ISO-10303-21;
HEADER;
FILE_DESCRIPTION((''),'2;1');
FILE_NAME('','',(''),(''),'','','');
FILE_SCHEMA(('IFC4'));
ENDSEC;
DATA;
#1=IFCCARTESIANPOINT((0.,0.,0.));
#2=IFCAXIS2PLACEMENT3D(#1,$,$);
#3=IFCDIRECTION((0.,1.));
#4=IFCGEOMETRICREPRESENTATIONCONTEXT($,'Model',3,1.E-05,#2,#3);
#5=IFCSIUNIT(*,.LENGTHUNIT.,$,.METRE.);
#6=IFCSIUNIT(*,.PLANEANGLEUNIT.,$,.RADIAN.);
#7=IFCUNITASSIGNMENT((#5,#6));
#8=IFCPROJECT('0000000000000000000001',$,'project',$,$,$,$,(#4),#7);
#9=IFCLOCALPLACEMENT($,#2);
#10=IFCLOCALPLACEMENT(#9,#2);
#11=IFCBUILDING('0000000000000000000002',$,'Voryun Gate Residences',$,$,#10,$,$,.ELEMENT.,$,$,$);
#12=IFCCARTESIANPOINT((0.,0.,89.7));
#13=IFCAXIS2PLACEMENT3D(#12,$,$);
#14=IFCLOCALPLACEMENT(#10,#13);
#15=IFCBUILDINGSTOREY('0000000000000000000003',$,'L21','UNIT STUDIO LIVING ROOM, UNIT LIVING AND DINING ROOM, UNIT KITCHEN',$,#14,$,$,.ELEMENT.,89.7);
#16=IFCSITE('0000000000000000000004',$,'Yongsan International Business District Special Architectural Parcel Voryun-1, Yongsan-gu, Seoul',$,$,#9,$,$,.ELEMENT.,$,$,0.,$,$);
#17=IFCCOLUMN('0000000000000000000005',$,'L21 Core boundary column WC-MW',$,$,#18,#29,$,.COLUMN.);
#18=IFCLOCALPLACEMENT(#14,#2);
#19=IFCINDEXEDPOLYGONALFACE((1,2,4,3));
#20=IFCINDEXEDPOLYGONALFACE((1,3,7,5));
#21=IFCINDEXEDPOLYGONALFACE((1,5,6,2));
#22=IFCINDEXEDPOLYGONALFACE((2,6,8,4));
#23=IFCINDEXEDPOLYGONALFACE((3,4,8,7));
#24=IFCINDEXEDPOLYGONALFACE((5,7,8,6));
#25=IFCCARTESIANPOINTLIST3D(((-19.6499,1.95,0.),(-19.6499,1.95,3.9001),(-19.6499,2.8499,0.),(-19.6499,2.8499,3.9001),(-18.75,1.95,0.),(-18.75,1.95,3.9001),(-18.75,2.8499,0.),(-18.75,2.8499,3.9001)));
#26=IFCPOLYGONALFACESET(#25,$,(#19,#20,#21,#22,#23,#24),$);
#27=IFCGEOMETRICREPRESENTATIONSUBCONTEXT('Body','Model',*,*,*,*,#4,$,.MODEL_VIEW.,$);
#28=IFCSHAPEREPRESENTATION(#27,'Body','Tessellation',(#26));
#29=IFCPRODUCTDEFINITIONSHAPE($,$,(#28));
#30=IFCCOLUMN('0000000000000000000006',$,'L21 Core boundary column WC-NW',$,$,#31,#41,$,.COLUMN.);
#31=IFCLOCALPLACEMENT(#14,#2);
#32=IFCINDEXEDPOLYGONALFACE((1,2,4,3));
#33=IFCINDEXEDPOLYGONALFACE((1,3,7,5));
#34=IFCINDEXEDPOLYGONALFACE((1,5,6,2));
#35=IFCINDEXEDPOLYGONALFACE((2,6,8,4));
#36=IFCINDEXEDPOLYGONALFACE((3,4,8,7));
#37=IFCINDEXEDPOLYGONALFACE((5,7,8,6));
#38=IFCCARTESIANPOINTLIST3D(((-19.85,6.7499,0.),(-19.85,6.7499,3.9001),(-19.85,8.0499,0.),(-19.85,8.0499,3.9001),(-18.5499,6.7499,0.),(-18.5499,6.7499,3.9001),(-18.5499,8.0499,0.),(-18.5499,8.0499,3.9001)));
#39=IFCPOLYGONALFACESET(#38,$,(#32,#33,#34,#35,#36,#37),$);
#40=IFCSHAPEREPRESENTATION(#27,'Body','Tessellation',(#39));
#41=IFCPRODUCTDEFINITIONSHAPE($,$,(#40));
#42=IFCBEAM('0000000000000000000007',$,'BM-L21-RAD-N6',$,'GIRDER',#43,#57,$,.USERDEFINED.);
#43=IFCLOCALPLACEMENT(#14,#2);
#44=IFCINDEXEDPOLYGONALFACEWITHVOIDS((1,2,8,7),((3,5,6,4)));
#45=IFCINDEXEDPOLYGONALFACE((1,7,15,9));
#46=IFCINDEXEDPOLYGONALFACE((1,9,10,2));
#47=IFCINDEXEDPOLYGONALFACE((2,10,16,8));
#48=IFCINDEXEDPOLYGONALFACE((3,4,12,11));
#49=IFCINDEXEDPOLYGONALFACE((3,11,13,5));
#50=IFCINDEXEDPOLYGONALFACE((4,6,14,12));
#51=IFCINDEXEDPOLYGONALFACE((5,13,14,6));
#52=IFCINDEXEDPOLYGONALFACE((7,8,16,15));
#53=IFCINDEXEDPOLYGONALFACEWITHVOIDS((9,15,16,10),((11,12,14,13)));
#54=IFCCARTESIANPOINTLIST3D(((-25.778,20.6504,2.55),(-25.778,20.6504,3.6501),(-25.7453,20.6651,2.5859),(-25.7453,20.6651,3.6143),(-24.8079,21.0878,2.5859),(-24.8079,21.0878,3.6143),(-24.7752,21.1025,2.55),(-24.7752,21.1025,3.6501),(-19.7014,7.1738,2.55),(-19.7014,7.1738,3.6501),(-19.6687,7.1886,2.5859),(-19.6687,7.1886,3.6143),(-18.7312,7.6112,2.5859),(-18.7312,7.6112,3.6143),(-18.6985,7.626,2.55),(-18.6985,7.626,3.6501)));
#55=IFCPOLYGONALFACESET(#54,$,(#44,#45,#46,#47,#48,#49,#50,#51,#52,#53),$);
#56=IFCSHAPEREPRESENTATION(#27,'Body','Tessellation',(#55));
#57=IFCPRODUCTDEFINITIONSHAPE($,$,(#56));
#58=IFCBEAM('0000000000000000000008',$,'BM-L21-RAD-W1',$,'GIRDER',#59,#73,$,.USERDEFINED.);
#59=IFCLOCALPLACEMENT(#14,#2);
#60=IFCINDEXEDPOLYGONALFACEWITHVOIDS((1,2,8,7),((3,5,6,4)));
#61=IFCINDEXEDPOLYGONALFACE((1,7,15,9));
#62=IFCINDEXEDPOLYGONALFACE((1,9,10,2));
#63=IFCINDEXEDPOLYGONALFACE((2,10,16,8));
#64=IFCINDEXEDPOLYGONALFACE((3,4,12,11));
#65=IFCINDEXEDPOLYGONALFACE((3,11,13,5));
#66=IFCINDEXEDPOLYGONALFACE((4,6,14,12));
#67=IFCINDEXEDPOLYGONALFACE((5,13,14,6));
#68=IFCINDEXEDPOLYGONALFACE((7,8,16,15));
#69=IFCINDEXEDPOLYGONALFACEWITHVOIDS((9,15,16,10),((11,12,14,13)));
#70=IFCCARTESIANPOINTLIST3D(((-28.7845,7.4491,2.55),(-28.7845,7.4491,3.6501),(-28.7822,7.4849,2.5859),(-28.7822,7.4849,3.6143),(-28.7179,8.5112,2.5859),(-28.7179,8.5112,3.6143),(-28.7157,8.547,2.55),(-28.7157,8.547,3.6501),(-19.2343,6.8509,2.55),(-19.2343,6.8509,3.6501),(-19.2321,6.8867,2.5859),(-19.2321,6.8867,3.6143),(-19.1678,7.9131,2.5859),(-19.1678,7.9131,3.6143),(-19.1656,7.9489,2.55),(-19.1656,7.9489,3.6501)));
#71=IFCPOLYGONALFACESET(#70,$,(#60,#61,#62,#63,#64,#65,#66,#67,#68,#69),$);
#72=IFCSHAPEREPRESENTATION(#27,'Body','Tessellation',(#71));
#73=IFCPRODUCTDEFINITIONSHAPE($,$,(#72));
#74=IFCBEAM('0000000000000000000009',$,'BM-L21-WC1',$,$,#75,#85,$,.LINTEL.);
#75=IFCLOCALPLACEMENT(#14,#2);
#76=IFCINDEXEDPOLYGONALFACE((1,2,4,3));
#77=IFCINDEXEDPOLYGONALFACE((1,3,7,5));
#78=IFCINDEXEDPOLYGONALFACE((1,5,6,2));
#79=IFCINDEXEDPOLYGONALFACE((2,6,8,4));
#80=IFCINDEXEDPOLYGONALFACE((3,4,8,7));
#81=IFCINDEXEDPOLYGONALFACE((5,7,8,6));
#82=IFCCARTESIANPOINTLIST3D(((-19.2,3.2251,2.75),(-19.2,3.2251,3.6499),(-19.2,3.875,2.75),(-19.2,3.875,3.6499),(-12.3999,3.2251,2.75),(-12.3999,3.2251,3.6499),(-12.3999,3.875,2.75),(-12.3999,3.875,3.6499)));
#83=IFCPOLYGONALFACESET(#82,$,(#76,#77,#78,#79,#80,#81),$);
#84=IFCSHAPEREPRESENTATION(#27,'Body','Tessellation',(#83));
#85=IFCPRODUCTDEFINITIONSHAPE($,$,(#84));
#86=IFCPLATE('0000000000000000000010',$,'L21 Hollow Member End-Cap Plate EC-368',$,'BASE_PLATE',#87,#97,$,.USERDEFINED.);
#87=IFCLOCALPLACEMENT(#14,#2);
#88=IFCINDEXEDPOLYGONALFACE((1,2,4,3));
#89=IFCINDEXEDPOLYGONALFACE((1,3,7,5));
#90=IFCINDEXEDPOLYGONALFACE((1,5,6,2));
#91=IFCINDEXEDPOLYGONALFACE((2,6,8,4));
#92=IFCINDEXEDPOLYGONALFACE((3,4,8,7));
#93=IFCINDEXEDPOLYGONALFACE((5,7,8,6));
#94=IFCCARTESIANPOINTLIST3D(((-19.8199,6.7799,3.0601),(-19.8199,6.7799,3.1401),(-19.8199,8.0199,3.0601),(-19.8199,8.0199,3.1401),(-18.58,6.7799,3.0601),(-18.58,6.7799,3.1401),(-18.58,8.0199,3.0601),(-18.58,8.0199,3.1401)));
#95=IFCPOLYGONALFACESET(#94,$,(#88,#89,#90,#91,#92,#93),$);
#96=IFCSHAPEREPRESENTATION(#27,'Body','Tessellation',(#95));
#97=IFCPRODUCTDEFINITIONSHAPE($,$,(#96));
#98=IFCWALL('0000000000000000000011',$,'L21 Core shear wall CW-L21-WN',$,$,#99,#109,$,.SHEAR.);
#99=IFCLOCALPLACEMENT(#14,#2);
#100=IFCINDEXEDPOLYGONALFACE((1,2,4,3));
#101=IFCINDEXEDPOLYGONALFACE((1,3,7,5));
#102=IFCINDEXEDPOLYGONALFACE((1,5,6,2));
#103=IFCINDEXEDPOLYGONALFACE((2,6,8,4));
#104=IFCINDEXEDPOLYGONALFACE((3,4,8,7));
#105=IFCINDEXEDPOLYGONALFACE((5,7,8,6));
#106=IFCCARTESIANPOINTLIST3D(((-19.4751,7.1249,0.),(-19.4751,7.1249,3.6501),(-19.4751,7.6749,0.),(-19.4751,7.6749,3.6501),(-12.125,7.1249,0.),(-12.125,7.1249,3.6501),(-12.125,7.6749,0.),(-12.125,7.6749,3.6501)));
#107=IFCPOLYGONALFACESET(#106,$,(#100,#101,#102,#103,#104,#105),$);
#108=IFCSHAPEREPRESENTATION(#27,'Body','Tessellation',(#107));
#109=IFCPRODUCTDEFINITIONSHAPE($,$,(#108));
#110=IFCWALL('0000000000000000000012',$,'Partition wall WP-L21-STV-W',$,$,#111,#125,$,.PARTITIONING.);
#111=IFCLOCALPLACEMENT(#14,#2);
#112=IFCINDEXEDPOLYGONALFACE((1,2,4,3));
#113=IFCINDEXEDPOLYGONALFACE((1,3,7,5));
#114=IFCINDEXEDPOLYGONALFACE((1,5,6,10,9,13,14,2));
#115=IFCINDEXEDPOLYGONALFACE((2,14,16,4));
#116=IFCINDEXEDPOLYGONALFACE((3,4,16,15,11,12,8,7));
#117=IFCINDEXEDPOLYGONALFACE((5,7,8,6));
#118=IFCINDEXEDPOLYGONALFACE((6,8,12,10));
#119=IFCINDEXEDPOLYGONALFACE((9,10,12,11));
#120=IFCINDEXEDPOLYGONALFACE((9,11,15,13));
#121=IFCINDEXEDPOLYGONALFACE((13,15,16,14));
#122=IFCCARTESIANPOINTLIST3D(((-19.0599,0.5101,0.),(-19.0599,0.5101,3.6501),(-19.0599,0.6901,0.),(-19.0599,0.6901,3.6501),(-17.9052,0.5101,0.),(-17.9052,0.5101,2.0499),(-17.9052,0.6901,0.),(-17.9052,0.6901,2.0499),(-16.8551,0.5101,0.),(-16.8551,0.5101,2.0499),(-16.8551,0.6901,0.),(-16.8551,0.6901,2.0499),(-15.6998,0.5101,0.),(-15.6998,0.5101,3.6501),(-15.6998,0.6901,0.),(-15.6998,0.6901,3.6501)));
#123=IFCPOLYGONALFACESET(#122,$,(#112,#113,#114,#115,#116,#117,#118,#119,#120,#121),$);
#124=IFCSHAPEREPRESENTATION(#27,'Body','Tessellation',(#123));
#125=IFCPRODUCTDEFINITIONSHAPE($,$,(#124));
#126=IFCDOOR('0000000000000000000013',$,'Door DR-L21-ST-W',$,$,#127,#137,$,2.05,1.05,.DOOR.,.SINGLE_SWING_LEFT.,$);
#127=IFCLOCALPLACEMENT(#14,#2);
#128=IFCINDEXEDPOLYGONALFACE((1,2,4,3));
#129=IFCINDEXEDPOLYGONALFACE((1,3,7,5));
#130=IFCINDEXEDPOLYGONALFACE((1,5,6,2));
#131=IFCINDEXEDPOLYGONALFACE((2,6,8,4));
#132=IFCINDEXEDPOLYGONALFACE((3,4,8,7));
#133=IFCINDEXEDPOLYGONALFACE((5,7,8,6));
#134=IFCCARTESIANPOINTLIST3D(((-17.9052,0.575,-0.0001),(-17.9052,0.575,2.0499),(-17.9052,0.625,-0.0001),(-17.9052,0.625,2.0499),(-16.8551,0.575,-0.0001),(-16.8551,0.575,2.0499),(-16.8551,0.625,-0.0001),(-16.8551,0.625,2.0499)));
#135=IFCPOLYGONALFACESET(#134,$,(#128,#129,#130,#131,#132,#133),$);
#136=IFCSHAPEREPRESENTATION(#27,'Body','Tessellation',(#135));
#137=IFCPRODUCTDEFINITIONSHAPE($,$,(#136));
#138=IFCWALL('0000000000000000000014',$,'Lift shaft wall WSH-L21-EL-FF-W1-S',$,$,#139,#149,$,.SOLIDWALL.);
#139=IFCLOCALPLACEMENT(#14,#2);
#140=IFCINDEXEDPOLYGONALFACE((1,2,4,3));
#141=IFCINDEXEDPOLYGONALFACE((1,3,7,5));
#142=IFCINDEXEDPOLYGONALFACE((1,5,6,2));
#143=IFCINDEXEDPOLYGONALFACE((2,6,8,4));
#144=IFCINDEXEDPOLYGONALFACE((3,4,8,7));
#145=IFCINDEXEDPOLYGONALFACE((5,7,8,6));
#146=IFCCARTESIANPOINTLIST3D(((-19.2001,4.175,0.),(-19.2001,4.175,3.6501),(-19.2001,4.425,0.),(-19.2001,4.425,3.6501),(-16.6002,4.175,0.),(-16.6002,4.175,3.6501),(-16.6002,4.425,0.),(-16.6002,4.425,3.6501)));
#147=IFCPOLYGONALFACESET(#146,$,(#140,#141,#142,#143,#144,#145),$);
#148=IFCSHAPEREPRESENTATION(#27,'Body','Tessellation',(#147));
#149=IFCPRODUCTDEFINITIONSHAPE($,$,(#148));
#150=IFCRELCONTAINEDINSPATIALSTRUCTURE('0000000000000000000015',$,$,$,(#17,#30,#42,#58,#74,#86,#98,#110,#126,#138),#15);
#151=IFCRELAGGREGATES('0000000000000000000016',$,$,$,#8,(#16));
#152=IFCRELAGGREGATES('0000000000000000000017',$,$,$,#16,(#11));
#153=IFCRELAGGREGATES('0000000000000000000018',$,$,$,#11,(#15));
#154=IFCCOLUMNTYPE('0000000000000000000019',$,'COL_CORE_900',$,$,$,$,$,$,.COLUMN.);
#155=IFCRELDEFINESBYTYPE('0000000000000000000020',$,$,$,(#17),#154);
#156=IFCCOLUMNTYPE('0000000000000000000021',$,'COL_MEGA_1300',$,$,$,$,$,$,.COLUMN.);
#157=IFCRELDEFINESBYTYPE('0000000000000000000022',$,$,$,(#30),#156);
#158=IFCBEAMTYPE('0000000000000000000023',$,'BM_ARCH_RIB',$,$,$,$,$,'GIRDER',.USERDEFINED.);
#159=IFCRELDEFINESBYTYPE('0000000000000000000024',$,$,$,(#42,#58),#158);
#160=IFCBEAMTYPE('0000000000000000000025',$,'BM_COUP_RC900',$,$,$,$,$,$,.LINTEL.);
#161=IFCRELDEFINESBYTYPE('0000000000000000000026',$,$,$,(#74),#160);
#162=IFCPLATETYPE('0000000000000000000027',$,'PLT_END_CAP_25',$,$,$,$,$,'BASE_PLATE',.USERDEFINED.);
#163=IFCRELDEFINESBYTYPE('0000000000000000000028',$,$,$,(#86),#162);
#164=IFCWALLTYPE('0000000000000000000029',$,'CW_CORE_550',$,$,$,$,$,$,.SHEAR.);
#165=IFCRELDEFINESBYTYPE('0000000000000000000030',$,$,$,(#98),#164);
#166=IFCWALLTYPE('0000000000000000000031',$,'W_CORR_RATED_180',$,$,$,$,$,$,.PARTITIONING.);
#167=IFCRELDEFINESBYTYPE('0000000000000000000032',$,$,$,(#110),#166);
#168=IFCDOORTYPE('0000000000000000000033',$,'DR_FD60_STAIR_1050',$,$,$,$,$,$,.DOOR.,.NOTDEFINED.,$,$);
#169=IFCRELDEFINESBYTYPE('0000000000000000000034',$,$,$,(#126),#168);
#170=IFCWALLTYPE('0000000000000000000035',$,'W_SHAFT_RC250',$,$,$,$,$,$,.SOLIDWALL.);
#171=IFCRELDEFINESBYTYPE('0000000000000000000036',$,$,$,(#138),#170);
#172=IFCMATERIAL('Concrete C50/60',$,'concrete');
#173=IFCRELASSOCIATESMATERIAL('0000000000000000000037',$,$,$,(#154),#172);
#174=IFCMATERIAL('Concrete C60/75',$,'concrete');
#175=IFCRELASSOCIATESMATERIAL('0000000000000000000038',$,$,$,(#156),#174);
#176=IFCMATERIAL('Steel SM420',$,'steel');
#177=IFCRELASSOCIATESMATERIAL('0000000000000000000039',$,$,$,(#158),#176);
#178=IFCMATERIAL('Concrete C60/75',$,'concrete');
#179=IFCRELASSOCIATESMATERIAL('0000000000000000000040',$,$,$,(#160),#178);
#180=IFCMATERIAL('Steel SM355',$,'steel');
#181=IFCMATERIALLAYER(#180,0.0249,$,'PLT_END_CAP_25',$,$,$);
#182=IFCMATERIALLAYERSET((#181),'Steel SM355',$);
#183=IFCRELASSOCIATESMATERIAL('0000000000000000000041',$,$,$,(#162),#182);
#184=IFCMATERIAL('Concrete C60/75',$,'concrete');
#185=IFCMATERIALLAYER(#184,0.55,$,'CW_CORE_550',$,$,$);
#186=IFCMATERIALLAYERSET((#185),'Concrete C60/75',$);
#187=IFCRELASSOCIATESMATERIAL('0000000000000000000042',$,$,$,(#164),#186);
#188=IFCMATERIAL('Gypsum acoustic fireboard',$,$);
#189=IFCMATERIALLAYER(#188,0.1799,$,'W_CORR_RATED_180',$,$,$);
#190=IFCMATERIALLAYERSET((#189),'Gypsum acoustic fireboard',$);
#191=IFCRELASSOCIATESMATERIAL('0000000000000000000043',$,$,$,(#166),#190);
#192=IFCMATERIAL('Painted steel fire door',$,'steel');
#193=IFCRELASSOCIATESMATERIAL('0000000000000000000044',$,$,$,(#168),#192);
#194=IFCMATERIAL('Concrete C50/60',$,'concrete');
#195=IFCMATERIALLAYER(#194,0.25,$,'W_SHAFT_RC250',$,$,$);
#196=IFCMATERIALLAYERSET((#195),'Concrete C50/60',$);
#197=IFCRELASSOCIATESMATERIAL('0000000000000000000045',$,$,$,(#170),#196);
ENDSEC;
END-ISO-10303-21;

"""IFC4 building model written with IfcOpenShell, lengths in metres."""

from ifc_helpers import new_model, si_unit, direction, frame, frame_2d, origin, origin_2d, place, context, subcontext, project, spatial, rectangle, hollow_rectangle, extrude, material, layer, layer_set, material_profile, profile_set, type_object, element, fill, save


model = new_model("IFC4")

# Units and contexts
model_context = context("Model", 3, precision=1e-05, world=origin(), true_north=direction((0.0, 1.0)))
body_context = subcontext(model_context, "Body", "Model", "MODEL_VIEW")
ifc_project = project(units=[si_unit("LENGTHUNIT", "METRE"), si_unit("PLANEANGLEUNIT", "RADIAN")], contexts=[model_context])

# Site, building, storey
site_placement = place(None, origin())
site = spatial("IfcSite", under=ifc_project, at=site_placement, Name="Yongsan International Business District Special Architectural Parcel Voryun-1, Yongsan-gu, Seoul", CompositionType="ELEMENT", RefElevation=0.0)
building_placement = place(site_placement, origin())
building = spatial("IfcBuilding", under=site, at=building_placement, Name="Voryun Gate Residences", CompositionType="ELEMENT")
storey_placement = place(building_placement, frame((0.0, 0.0, 89.7)))
storey = spatial("IfcBuildingStorey", under=building, at=storey_placement, Name="L21", Description="UNIT STUDIO LIVING ROOM, UNIT LIVING AND DINING ROOM, UNIT KITCHEN", CompositionType="ELEMENT", Elevation=89.7)

# Columns
ifc_material_1 = material(Name="Concrete C50/60", Category="concrete")
ifc_material_profile_1 = material_profile(ifc_material_1, rectangle(XDim=0.8999, YDim=0.8999, at=origin_2d()), Name="RC-900x900")
ifc_profile_set_1 = profile_set([ifc_material_profile_1], Name="Concrete C50/60")
column_type_1 = type_object("IfcColumnType", Name="COL_CORE_900", PredefinedType="COLUMN", material=ifc_profile_set_1)
column_1_placement = place(storey_placement, frame((-19.2, 2.3999, 0.0), z_axis=(0.0, 0.0, 1.0), x_axis=(1.0, 0.0, 0.0)))
element("IfcColumn", 1, at=column_1_placement, inside=storey, type_object=column_type_1, Name="L21 Core boundary column WC-MW", PredefinedType="COLUMN", context=body_context, shape_type="SweptSolid", body=[
    extrude(rectangle(XDim=0.8999, YDim=0.8999, at=origin_2d()), origin(), (0.0, 0.0, 1.0), 3.9001),
])
ifc_material_2 = material(Name="Concrete C60/75", Category="concrete")
ifc_material_profile_2 = material_profile(ifc_material_2, rectangle(XDim=1.3, YDim=1.3, at=origin_2d()), Name="RC-1300x1300")
ifc_profile_set_2 = profile_set([ifc_material_profile_2], Name="Concrete C60/75")
column_type_2 = type_object("IfcColumnType", Name="COL_MEGA_1300", PredefinedType="COLUMN", material=ifc_profile_set_2)
column_2_placement = place(storey_placement, frame((-19.2, 7.3999, 0.0), z_axis=(0.0, 0.0, 1.0), x_axis=(1.0, 0.0, 0.0)))
element("IfcColumn", 2, at=column_2_placement, inside=storey, type_object=column_type_2, Name="L21 Core boundary column WC-NW", PredefinedType="COLUMN", context=body_context, shape_type="SweptSolid", body=[
    extrude(rectangle(XDim=1.3, YDim=1.3, at=origin_2d()), origin(), (0.0, 0.0, 1.0), 3.9001),
])

# Beams
ifc_material_3 = material(Name="Steel SM420", Category="steel")
ifc_material_profile_3 = material_profile(ifc_material_3, hollow_rectangle(XDim=1.1001, YDim=1.1001, WallThickness=0.0359, at=origin_2d()), Name="BOX-1100x1100x36")
ifc_profile_set_3 = profile_set([ifc_material_profile_3], Name="Steel SM420")
beam_type_1 = type_object("IfcBeamType", Name="BM_ARCH_RIB", ElementType="GIRDER", PredefinedType="USERDEFINED", material=ifc_profile_set_3)
beam_1_placement = place(storey_placement, frame((-19.2, 7.3999, 3.1001), z_axis=(-0.411051, 0.911612, 0.0), x_axis=(-0.911612, -0.411051, 0.0)))
element("IfcBeam", 3, at=beam_1_placement, inside=storey, type_object=beam_type_1, Name="BM-L21-RAD-N6", ObjectType="GIRDER", PredefinedType="USERDEFINED", context=body_context, shape_type="SweptSolid", body=[
    extrude(hollow_rectangle(XDim=1.1001, YDim=1.1001, WallThickness=0.0359, at=origin_2d()), origin(), (0.0, 0.0, 1.0), 14.7832),
])
beam_2_placement = place(storey_placement, frame((-19.2, 7.3999, 3.1001), z_axis=(-0.998044, 0.06251, 0.0), x_axis=(-0.06251, -0.998044, 0.0)))
element("IfcBeam", 4, at=beam_2_placement, inside=storey, type_object=beam_type_1, Name="BM-L21-RAD-W1", ObjectType="GIRDER", PredefinedType="USERDEFINED", context=body_context, shape_type="SweptSolid", body=[
    extrude(hollow_rectangle(XDim=1.1001, YDim=1.1001, WallThickness=0.0359, at=origin_2d()), origin(), (0.0, 0.0, 1.0), 9.5688),
])
ifc_material_4 = material(Name="Concrete C60/75", Category="concrete")
ifc_material_profile_4 = material_profile(ifc_material_4, rectangle(XDim=0.6499, YDim=0.8999, at=origin_2d()), Name="RC-650x900")
ifc_profile_set_4 = profile_set([ifc_material_profile_4], Name="Concrete C60/75")
beam_type_2 = type_object("IfcBeamType", Name="BM_COUP_RC900", PredefinedType="LINTEL", material=ifc_profile_set_4)
beam_3_placement = place(storey_placement, frame((-19.2, 3.55, 3.2), z_axis=(1.0, 0.0, 0.0), x_axis=(0.0, 1.0, 0.0)))
element("IfcBeam", 5, at=beam_3_placement, inside=storey, type_object=beam_type_2, Name="BM-L21-WC1", PredefinedType="LINTEL", context=body_context, shape_type="SweptSolid", body=[
    extrude(rectangle(XDim=0.6499, YDim=0.8999, at=origin_2d()), origin(), (0.0, 0.0, 1.0), 6.8),
])

# Plate
ifc_material_5 = material(Name="Steel SM355", Category="steel")
ifc_layer_1 = layer(ifc_material_5, 0.0249, Name="PLT_END_CAP_25")
ifc_layer_set_1 = layer_set([ifc_layer_1], Name="Steel SM355")
plate_type = type_object("IfcPlateType", Name="PLT_END_CAP_25", ElementType="BASE_PLATE", PredefinedType="USERDEFINED", material=ifc_layer_set_1)
plate_placement = place(storey_placement, frame((-19.2, 7.3999, 3.0601), z_axis=(0.0, 0.0, 1.0), x_axis=(1.0, 0.0, 0.0)))
element("IfcPlate", 6, at=plate_placement, inside=storey, type_object=plate_type, Name="L21 Hollow Member End-Cap Plate EC-368", ObjectType="BASE_PLATE", PredefinedType="USERDEFINED", context=body_context, shape_type="SweptSolid", body=[
    extrude(rectangle(XDim=1.24, YDim=1.24, at=origin_2d()), origin(), (0.0, 0.0, 1.0), 0.0801),
])

# Wall
ifc_material_6 = material(Name="Concrete C60/75", Category="concrete")
ifc_layer_2 = layer(ifc_material_6, 0.55, Name="CW_CORE_550")
ifc_layer_set_2 = layer_set([ifc_layer_2], Name="Concrete C60/75")
wall_type_1 = type_object("IfcWallType", Name="CW_CORE_550", PredefinedType="SHEAR", material=ifc_layer_set_2)
wall_1_placement = place(storey_placement, frame((-19.4751, 7.3999, 0.0), z_axis=(0.0, 0.0, 1.0), x_axis=(1.0, 0.0, 0.0)))
element("IfcWall", 7, at=wall_1_placement, inside=storey, type_object=wall_type_1, Name="L21 Core shear wall CW-L21-WN", PredefinedType="SHEAR", context=body_context, shape_type="SweptSolid", body=[
    extrude(rectangle(XDim=7.3501, YDim=0.55, at=frame_2d((3.675, 0.0))), origin(), (0.0, 0.0, 1.0), 3.6501),
])

# Wall, opening, door
ifc_material_7 = material(Name="Gypsum acoustic fireboard")
ifc_layer_3 = layer(ifc_material_7, 0.1799, Name="W_CORR_RATED_180")
ifc_layer_set_3 = layer_set([ifc_layer_3], Name="Gypsum acoustic fireboard")
wall_type_2 = type_object("IfcWallType", Name="W_CORR_RATED_180", PredefinedType="PARTITIONING", material=ifc_layer_set_3)
wall_2_placement = place(storey_placement, frame((-19.0601, 0.6001, 0.0), z_axis=(0.0, 0.0, 1.0), x_axis=(1.0, 0.0, 0.0)))
wall_2 = element("IfcWall", 8, at=wall_2_placement, inside=storey, type_object=wall_type_2, Name="Partition wall WP-L21-STV-W", PredefinedType="PARTITIONING", context=body_context, shape_type="SweptSolid", body=[
    extrude(rectangle(XDim=3.3601, YDim=0.1799, at=frame_2d((1.6802, 0.0))), origin(), (0.0, 0.0, 1.0), 3.6501),
])
opening_1_placement = place(wall_2_placement, frame((1.155, 0.0, 0.0)))
opening_1 = element("IfcOpeningElement", 9, at=opening_1_placement, cuts=wall_2, PredefinedType="OPENING", context=body_context, shape_type="SweptSolid", body=[
    extrude(rectangle(XDim=1.05, YDim=2.05, at=frame_2d((0.5249, 1.0249))), frame((0.0, 0.0999, 0.0), z_axis=(0.0, -1.0, 0.0), x_axis=(1.0, 0.0, 0.0)), (0.0, 0.0, 1.0), 0.2),
])
ifc_material_8 = material(Name="Painted steel fire door", Category="steel")
door_type_1 = type_object("IfcDoorType", Name="DR_FD60_STAIR_1050", OperationType="NOTDEFINED", PredefinedType="DOOR", material=ifc_material_8)
door_1_placement = place(opening_1_placement, origin())
door_1 = element("IfcDoor", 10, at=door_1_placement, inside=storey, type_object=door_type_1, Name="Door DR-L21-ST-W", OperationType="SINGLE_SWING_LEFT", OverallHeight=2.05, OverallWidth=1.05, PredefinedType="DOOR", context=body_context, shape_type="SweptSolid", body=[
    extrude(rectangle(XDim=1.05, YDim=2.05, at=frame_2d((0.5249, 1.0249))), frame((0.0, 0.0249, 0.0), z_axis=(0.0, -1.0, 0.0), x_axis=(1.0, 0.0, 0.0)), (0.0, 0.0, 1.0), 0.05),
])
fill(opening_1, door_1)

# Wall
ifc_material_9 = material(Name="Concrete C50/60", Category="concrete")
ifc_layer_4 = layer(ifc_material_9, 0.25, Name="W_SHAFT_RC250")
ifc_layer_set_4 = layer_set([ifc_layer_4], Name="Concrete C50/60")
wall_type_3 = type_object("IfcWallType", Name="W_SHAFT_RC250", PredefinedType="SOLIDWALL", material=ifc_layer_set_4)
wall_3_placement = place(storey_placement, frame((-19.2, 4.3, 0.0), z_axis=(0.0, 0.0, 1.0), x_axis=(1.0, 0.0, 0.0)))
element("IfcWall", 11, at=wall_3_placement, inside=storey, type_object=wall_type_3, Name="Lift shaft wall WSH-L21-EL-FF-W1-S", PredefinedType="SOLIDWALL", context=body_context, shape_type="SweptSolid", body=[
    extrude(rectangle(XDim=2.5999, YDim=0.25, at=frame_2d((1.2998, 0.0))), origin(), (0.0, 0.0, 1.0), 3.6501),
])

save(model, "model.ifc")
